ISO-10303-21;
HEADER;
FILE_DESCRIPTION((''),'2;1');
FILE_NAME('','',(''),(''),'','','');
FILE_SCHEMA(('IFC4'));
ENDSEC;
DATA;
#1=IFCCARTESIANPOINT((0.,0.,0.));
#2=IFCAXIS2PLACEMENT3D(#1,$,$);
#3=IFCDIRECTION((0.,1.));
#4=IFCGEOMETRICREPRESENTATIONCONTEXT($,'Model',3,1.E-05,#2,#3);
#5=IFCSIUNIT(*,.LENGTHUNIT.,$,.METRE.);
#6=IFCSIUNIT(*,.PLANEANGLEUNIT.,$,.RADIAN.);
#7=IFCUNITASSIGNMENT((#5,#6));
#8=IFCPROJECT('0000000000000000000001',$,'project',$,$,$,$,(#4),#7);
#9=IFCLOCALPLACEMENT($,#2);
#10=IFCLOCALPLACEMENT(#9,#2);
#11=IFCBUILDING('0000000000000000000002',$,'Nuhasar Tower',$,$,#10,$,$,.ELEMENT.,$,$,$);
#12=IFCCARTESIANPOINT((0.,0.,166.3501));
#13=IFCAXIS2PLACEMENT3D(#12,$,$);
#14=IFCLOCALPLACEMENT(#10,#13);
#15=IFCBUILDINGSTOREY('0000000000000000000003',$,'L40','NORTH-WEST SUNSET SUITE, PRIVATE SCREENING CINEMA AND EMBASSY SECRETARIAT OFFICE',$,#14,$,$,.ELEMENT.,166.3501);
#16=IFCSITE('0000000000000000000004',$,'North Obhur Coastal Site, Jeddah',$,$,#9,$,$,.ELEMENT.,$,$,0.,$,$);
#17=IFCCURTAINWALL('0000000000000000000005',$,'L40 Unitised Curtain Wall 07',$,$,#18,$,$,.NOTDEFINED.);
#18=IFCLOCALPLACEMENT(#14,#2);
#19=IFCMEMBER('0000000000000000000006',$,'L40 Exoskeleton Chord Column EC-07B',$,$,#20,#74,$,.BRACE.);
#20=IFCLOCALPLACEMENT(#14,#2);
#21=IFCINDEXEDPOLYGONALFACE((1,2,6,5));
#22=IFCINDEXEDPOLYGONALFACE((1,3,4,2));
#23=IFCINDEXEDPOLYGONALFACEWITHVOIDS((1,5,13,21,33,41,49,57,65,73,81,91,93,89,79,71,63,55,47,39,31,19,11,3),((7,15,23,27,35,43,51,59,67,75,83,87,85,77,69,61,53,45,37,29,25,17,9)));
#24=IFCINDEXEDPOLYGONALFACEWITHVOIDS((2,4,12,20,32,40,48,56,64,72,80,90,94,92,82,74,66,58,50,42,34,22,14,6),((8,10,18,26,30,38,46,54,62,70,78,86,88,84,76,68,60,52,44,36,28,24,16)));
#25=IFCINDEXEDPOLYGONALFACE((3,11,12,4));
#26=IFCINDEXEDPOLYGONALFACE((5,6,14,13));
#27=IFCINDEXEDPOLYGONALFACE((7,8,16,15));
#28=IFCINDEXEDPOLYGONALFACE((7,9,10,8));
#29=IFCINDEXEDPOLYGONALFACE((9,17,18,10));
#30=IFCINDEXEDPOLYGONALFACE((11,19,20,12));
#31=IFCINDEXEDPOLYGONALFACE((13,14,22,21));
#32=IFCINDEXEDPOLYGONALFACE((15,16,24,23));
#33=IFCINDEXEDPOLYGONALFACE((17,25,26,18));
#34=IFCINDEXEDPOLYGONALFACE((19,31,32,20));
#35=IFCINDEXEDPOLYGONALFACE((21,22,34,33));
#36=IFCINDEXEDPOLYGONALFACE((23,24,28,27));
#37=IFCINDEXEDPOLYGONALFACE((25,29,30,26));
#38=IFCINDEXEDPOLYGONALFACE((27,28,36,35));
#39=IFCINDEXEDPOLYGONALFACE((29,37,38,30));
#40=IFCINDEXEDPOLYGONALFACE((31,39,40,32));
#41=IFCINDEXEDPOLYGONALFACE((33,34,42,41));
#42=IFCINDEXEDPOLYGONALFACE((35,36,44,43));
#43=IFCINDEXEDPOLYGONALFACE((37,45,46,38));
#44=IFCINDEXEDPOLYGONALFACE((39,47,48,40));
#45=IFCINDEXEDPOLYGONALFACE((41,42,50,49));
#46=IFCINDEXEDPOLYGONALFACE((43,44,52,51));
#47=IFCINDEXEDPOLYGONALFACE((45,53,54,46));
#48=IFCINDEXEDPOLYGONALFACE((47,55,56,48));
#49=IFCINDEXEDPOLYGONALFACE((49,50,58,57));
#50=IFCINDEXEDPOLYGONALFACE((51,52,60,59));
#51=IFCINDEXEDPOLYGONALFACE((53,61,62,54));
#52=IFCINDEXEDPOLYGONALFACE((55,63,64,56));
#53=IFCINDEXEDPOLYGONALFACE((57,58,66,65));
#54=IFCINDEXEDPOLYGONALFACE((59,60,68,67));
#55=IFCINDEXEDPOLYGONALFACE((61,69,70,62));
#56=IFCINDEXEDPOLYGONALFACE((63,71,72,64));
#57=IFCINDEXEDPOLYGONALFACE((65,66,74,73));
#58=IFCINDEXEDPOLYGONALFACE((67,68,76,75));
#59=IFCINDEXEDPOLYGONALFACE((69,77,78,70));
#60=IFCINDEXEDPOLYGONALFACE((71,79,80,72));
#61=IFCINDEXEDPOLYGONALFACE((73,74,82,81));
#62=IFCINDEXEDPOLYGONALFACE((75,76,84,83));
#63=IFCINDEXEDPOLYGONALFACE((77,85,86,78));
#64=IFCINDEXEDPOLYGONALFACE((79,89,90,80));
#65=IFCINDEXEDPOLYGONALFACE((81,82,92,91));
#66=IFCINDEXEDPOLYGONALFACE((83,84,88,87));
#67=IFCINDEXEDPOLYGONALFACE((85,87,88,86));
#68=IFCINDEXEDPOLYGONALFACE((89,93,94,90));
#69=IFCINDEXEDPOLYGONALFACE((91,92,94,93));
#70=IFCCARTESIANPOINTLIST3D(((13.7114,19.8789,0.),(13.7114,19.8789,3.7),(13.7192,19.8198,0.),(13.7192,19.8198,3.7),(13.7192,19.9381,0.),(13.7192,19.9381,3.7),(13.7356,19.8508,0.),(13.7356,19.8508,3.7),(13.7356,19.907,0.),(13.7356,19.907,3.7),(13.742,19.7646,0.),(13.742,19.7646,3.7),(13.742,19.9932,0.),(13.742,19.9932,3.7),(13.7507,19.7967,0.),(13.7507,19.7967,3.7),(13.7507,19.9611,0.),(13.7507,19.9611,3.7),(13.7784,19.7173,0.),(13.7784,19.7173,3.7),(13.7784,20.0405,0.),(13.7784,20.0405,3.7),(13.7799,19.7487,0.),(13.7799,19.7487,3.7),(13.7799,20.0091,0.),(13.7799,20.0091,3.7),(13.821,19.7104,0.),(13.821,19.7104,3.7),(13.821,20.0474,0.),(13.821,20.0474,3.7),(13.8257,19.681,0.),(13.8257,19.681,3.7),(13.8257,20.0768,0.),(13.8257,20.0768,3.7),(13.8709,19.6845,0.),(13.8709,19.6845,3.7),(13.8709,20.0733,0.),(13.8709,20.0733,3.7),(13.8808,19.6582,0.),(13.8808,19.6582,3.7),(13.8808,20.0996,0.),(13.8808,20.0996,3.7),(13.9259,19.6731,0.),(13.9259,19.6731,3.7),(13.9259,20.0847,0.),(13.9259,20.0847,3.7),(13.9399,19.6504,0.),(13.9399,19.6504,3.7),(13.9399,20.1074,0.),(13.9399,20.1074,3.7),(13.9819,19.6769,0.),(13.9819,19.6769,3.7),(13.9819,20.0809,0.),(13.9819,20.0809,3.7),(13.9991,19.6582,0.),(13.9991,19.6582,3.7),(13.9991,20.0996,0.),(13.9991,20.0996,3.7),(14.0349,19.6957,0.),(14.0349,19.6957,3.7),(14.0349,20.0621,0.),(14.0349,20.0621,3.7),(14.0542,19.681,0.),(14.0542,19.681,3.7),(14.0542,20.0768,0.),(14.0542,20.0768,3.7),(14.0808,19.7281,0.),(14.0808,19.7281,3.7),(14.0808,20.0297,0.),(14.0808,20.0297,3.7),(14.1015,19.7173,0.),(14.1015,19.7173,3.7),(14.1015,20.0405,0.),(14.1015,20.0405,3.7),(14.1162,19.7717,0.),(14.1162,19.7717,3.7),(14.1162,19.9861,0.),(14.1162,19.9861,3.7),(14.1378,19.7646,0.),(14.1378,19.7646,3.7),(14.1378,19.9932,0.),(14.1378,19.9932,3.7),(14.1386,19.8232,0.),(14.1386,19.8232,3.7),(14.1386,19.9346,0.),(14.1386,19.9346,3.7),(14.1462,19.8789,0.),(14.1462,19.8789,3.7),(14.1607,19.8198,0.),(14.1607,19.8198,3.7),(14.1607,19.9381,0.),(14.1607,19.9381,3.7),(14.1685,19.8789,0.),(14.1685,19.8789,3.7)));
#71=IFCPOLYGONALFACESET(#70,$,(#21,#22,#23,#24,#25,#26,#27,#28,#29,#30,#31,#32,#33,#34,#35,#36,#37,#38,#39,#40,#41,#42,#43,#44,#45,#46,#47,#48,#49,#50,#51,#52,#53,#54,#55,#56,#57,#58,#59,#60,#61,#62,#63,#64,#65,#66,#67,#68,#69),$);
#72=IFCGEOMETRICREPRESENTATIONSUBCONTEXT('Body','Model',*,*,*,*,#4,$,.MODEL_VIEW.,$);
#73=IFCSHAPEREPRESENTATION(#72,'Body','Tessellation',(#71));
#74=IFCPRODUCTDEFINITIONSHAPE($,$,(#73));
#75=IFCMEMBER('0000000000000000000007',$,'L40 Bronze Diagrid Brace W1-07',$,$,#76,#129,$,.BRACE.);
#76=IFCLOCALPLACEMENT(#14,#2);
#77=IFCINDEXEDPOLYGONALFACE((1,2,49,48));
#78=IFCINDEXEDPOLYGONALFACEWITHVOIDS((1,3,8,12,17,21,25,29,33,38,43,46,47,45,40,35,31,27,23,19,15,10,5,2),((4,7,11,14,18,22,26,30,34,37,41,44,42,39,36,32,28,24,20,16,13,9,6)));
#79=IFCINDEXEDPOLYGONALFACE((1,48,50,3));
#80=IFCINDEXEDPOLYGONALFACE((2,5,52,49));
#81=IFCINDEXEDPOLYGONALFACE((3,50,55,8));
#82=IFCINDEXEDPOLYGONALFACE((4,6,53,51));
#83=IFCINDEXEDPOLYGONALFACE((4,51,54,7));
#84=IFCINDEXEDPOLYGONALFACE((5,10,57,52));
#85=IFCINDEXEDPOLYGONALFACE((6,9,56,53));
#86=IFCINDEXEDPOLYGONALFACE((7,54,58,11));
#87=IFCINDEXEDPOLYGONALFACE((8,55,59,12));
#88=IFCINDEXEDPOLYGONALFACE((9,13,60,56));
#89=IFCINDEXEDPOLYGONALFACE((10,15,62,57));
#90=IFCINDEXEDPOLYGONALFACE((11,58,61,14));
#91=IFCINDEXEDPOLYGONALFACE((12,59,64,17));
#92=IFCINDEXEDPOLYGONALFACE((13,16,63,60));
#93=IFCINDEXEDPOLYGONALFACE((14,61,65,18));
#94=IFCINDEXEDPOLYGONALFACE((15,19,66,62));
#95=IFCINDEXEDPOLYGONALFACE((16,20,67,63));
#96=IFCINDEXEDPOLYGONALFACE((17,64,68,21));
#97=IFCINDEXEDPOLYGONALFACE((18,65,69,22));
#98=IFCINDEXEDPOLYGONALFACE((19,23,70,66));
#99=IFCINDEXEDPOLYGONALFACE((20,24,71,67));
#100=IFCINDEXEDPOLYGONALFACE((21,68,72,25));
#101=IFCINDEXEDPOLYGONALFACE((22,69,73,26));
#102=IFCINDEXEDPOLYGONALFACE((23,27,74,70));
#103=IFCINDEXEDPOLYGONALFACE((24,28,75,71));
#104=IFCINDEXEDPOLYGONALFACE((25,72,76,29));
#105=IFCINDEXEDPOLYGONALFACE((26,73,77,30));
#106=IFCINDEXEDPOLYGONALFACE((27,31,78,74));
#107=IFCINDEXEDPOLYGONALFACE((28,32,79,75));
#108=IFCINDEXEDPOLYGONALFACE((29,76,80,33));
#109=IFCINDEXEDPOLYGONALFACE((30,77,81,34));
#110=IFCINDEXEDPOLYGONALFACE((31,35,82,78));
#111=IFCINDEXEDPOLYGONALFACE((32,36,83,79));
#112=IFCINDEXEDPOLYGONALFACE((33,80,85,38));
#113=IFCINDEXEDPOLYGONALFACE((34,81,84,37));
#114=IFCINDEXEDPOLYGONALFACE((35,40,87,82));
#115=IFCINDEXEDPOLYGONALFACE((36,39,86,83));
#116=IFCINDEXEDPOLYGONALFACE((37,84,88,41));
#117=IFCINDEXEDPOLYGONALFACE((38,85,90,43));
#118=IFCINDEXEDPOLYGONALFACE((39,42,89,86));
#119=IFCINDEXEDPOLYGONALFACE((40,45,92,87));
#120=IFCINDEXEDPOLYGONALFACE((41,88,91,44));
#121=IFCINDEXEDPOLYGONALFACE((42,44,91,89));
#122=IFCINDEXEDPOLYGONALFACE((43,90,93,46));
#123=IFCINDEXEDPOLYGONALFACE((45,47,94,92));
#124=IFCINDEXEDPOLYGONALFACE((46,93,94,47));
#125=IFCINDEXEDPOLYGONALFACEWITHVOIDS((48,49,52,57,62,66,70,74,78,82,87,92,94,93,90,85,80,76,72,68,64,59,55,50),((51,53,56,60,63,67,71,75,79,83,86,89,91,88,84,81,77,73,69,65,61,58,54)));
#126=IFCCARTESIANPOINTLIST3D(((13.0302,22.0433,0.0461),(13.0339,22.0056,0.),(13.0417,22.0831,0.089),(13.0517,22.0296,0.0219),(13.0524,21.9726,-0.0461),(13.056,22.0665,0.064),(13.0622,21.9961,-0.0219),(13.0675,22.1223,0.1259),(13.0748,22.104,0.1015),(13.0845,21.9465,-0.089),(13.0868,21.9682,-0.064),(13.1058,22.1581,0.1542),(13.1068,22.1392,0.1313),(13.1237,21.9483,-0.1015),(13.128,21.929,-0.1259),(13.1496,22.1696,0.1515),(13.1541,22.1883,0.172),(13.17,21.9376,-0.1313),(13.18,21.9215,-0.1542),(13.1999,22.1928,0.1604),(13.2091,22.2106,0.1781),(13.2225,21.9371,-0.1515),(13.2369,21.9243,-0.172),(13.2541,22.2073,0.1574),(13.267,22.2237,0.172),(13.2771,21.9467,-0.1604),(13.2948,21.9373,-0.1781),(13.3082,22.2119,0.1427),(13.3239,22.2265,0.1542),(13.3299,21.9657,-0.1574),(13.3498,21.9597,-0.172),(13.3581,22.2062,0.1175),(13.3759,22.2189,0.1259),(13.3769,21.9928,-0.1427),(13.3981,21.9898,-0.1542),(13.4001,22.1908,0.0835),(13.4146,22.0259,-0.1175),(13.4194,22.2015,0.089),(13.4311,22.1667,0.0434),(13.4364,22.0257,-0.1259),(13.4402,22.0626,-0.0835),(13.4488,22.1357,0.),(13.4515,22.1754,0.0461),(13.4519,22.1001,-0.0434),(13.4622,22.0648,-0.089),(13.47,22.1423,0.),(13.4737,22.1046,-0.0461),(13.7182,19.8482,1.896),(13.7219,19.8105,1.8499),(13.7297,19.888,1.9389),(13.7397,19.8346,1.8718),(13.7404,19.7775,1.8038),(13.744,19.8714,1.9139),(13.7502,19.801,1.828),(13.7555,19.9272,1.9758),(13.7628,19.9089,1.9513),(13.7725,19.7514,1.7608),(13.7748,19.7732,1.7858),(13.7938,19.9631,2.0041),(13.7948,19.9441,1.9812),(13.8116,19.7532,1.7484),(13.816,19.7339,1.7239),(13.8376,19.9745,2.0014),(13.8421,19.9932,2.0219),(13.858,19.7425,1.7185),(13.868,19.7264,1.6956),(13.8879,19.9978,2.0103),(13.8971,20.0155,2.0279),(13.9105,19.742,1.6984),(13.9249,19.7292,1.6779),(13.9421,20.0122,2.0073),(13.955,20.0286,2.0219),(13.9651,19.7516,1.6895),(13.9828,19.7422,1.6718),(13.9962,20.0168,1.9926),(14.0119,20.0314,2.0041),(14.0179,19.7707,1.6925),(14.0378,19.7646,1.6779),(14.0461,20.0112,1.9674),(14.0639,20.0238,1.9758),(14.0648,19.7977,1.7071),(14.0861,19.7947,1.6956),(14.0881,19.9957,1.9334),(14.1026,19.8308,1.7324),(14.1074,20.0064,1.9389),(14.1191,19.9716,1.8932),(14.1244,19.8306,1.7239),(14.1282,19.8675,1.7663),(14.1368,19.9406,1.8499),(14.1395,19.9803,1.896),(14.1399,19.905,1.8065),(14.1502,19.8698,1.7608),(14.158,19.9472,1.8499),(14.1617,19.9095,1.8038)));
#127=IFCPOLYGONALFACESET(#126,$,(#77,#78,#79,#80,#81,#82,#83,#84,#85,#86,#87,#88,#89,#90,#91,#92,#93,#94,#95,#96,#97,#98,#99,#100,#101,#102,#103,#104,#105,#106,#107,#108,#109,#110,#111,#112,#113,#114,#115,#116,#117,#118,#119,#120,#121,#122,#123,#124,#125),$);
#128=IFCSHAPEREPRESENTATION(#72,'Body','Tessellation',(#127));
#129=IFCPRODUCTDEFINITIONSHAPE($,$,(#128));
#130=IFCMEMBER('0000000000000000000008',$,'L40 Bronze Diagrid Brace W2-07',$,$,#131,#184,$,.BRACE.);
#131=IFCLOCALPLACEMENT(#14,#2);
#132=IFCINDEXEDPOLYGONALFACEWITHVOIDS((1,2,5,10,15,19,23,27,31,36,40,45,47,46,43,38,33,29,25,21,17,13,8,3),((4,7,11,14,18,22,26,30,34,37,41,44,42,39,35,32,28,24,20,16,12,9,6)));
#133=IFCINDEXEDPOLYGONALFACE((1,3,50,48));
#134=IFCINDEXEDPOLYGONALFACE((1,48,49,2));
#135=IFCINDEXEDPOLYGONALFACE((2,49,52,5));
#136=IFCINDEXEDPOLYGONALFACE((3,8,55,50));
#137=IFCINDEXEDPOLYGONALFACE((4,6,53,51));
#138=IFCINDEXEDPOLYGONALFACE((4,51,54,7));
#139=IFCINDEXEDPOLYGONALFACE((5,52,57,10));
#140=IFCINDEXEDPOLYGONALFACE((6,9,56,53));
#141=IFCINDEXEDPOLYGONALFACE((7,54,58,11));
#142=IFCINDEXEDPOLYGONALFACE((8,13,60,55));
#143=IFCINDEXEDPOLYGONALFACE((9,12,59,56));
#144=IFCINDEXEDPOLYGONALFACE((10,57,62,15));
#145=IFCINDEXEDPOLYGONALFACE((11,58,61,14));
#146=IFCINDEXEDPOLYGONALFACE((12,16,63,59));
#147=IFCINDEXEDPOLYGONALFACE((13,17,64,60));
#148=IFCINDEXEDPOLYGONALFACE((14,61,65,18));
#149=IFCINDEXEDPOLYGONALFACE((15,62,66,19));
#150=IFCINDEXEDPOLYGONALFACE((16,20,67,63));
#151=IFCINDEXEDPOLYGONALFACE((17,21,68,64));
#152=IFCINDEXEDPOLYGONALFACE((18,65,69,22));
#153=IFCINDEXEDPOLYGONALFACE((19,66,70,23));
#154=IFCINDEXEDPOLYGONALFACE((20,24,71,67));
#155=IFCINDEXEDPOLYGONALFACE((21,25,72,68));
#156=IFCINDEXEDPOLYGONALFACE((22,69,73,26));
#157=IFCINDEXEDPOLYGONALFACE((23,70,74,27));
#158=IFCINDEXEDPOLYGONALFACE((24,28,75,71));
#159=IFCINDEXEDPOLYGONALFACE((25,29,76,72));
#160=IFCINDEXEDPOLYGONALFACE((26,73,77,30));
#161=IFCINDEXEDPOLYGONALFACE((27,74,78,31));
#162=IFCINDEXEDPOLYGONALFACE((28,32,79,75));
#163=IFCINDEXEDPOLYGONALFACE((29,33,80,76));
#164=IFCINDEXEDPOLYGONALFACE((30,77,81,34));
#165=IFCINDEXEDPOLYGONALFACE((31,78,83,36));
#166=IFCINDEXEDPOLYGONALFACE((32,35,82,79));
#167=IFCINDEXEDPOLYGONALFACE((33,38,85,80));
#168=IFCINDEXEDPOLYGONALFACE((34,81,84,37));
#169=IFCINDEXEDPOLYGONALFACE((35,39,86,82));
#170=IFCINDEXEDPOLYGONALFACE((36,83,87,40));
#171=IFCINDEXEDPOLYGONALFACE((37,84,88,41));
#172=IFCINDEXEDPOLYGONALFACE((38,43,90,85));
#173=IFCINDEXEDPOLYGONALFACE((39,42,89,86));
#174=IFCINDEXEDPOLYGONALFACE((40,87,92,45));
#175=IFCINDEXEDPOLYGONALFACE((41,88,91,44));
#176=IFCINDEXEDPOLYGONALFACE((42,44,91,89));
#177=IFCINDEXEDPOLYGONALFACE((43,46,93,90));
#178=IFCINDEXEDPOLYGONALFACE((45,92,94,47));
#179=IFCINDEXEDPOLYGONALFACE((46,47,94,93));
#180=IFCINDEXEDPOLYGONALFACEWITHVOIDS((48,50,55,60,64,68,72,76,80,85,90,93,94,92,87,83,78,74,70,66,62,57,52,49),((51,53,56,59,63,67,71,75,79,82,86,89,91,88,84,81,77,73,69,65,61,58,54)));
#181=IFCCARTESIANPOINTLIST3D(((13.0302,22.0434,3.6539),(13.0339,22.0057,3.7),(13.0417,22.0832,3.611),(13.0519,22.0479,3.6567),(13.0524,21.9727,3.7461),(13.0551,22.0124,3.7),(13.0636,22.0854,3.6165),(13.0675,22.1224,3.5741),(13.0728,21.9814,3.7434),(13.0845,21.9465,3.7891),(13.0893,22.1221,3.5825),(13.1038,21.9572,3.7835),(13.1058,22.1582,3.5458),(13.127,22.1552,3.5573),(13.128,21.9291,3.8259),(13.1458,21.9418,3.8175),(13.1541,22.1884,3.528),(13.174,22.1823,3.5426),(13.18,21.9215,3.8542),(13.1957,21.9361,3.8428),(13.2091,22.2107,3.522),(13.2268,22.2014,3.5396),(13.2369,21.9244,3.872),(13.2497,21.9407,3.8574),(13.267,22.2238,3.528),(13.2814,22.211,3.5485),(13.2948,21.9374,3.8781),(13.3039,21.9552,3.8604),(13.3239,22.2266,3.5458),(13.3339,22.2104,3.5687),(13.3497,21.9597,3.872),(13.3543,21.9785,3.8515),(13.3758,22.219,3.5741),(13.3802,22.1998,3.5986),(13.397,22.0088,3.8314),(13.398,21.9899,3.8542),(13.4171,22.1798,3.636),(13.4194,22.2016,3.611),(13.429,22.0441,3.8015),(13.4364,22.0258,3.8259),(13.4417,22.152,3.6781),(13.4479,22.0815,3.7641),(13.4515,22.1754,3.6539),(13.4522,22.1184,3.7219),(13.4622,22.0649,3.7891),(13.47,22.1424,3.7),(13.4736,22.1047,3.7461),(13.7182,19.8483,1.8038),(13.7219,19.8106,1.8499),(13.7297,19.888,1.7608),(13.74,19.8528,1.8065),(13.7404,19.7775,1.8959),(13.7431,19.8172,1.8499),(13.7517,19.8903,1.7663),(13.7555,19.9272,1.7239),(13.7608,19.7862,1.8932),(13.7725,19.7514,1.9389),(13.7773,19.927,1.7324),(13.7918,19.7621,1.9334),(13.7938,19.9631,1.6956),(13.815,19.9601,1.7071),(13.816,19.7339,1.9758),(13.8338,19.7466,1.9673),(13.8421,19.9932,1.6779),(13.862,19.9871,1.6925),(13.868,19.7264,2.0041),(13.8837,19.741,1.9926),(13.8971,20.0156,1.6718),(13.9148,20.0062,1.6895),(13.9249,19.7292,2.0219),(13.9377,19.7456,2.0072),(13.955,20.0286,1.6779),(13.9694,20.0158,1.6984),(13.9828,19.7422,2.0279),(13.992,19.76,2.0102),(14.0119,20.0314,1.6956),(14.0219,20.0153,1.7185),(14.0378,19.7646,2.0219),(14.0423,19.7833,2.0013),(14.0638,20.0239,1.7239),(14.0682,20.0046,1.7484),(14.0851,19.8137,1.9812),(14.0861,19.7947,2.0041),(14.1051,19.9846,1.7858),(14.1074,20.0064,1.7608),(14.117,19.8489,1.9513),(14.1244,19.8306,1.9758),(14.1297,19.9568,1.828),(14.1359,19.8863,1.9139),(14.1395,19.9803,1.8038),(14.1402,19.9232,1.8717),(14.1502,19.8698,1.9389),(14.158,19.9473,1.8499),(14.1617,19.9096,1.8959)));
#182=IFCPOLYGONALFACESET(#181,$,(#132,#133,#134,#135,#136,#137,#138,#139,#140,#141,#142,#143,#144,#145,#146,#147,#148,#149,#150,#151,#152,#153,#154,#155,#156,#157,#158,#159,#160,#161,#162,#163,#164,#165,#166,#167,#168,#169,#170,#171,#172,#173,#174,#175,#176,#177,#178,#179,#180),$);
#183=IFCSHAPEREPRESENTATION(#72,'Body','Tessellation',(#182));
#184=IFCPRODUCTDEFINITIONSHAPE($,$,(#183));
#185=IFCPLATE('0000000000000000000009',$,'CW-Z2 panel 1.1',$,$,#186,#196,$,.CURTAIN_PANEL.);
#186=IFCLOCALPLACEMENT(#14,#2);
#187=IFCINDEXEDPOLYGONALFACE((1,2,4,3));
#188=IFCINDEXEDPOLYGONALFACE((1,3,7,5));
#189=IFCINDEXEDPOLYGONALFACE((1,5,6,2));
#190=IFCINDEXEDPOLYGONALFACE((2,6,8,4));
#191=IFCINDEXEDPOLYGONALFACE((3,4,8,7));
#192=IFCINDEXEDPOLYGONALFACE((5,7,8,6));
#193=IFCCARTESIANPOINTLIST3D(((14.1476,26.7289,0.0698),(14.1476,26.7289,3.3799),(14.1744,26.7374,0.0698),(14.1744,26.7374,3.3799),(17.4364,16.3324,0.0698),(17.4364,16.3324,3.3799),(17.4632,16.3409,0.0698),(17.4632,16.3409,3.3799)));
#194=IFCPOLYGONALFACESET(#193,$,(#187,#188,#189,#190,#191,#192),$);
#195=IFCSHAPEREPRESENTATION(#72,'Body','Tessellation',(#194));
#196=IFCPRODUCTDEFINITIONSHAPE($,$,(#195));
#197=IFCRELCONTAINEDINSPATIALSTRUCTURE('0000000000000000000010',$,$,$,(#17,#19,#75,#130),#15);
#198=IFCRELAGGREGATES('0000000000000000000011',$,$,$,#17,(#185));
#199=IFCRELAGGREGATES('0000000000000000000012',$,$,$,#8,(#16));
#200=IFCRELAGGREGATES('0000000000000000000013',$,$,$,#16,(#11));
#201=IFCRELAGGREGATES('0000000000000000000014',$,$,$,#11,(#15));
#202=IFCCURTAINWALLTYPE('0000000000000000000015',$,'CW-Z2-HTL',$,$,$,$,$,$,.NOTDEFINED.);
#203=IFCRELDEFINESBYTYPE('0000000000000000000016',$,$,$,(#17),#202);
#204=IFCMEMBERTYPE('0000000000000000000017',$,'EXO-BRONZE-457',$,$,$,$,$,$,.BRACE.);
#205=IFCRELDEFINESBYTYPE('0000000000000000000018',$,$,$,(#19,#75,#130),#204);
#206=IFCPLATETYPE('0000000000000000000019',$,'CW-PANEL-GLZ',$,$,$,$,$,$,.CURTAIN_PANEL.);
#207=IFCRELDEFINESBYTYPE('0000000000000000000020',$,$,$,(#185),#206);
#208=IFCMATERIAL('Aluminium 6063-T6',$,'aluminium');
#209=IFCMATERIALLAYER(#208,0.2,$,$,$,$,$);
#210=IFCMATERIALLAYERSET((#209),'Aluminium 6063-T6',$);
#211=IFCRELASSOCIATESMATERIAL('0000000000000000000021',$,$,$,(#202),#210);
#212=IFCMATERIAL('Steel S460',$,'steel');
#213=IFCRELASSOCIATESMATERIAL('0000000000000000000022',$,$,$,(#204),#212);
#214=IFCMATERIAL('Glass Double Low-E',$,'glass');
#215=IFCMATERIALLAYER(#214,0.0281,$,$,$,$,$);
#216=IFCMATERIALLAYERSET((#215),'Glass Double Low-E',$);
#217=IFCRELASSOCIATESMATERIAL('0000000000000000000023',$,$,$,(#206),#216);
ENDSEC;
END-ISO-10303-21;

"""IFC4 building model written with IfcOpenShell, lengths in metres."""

from ifc_helpers import new_model, si_unit, direction, frame, origin, origin_2d, place, context, subcontext, project, spatial, rectangle, hollow_circle, extrude, material, layer, layer_set, material_profile, profile_set, type_object, element, aggregate, save


model = new_model("IFC4")

# Units and contexts
model_context = context("Model", 3, precision=1e-05, world=origin(), true_north=direction((0.0, 1.0)))
body_context = subcontext(model_context, "Body", "Model", "MODEL_VIEW")
ifc_project = project(units=[si_unit("LENGTHUNIT", "METRE"), si_unit("PLANEANGLEUNIT", "RADIAN")], contexts=[model_context])

# Site, building, storey
site_placement = place(None, origin())
site = spatial("IfcSite", under=ifc_project, at=site_placement, Name="North Obhur Coastal Site, Jeddah", CompositionType="ELEMENT", RefElevation=0.0)
building_placement = place(site_placement, origin())
building = spatial("IfcBuilding", under=site, at=building_placement, Name="Nuhasar Tower", CompositionType="ELEMENT")
storey_placement = place(building_placement, frame((0.0, 0.0, 166.3501)))
storey = spatial("IfcBuildingStorey", under=building, at=storey_placement, Name="L40", Description="NORTH-WEST SUNSET SUITE, PRIVATE SCREENING CINEMA AND EMBASSY SECRETARIAT OFFICE", CompositionType="ELEMENT", Elevation=166.3501)

# Curtain wall
ifc_material_1 = material(Name="Aluminium 6063-T6", Category="aluminium")
ifc_layer_1 = layer(ifc_material_1, 0.2)
ifc_layer_set_1 = layer_set([ifc_layer_1], Name="Aluminium 6063-T6")
curtain_wall_type = type_object("IfcCurtainWallType", Name="CW-Z2-HTL", PredefinedType="NOTDEFINED", material=ifc_layer_set_1)
curtain_wall_1_placement = place(storey_placement, origin())
curtain_wall_1 = element("IfcCurtainWall", 1, at=curtain_wall_1_placement, inside=storey, type_object=curtain_wall_type, Name="L40 Unitised Curtain Wall 07", PredefinedType="NOTDEFINED")

# Members
ifc_material_2 = material(Name="Steel S460", Category="steel")
ifc_material_profile_1 = material_profile(ifc_material_2, hollow_circle(Radius=0.2285, WallThickness=0.0222, at=origin_2d()), Name="HSS457X22.2")
ifc_profile_set_1 = profile_set([ifc_material_profile_1], Name="Steel S460")
member_type_1 = type_object("IfcMemberType", Name="EXO-BRONZE-457", PredefinedType="BRACE", material=ifc_profile_set_1)
for number, where, z_axis, x_axis, name in (
    (2, (13.9399, 19.8789, 0.0), (0.0, 0.0, 1.0), (1.0, 0.0, 0.0), "L40 Exoskeleton Chord Column EC-07B"),
):
    element("IfcMember", number, at=place(storey_placement, frame(where, z_axis=z_axis, x_axis=x_axis)), inside=storey, type_object=member_type_1, Name=name, PredefinedType="BRACE", context=body_context, shape_type="SweptSolid", body=[
        extrude(hollow_circle(Radius=0.2285, WallThickness=0.0222, at=origin_2d()), origin(), (0.0, 0.0, 1.0), 3.7),
    ])
member_1_placement = place(storey_placement, frame((13.252, 22.074, 0.0), z_axis=(0.233068, -0.743616, 0.626669), x_axis=(0.954228, 0.299079, 0.0)))
element("IfcMember", 3, at=member_1_placement, inside=storey, type_object=member_type_1, Name="L40 Bronze Diagrid Brace W1-07", PredefinedType="BRACE", context=body_context, shape_type="SweptSolid", body=[
    extrude(hollow_circle(Radius=0.2285, WallThickness=0.0222, at=origin_2d()), origin(), (0.0, 0.0, 1.0), 2.9519),
])
member_2_placement = place(storey_placement, frame((13.9399, 19.8789, 1.8499), z_axis=(-0.233056, 0.743578, 0.626719), x_axis=(-0.954228, -0.299079, 0.0)))
element("IfcMember", 4, at=member_2_placement, inside=storey, type_object=member_type_1, Name="L40 Bronze Diagrid Brace W2-07", PredefinedType="BRACE", context=body_context, shape_type="SweptSolid", body=[
    extrude(hollow_circle(Radius=0.2285, WallThickness=0.0222, at=origin_2d()), origin(), (0.0, 0.0, 1.0), 2.9521),
])

# Plate
ifc_material_3 = material(Name="Glass Double Low-E", Category="glass")
ifc_layer_2 = layer(ifc_material_3, 0.0281)
ifc_layer_set_2 = layer_set([ifc_layer_2], Name="Glass Double Low-E")
plate_type = type_object("IfcPlateType", Name="CW-PANEL-GLZ", PredefinedType="CURTAIN_PANEL", material=ifc_layer_set_2)
plate_placement = place(storey_placement, frame((15.8054, 21.5349, 0.0698), z_axis=(0.0, 0.0, 1.0), x_axis=(0.301604, -0.953433, 0.0)))
plate = element("IfcPlate", 5, at=plate_placement, type_object=plate_type, Name="CW-Z2 panel 1.1", PredefinedType="CURTAIN_PANEL", context=body_context, shape_type="SweptSolid", body=[
    extrude(rectangle(XDim=10.9043, YDim=0.0281, at=origin_2d()), origin(), (0.0, 0.0, 1.0), 3.3101),
])
aggregate(curtain_wall_1, [plate])

save(model, "model.ifc")
